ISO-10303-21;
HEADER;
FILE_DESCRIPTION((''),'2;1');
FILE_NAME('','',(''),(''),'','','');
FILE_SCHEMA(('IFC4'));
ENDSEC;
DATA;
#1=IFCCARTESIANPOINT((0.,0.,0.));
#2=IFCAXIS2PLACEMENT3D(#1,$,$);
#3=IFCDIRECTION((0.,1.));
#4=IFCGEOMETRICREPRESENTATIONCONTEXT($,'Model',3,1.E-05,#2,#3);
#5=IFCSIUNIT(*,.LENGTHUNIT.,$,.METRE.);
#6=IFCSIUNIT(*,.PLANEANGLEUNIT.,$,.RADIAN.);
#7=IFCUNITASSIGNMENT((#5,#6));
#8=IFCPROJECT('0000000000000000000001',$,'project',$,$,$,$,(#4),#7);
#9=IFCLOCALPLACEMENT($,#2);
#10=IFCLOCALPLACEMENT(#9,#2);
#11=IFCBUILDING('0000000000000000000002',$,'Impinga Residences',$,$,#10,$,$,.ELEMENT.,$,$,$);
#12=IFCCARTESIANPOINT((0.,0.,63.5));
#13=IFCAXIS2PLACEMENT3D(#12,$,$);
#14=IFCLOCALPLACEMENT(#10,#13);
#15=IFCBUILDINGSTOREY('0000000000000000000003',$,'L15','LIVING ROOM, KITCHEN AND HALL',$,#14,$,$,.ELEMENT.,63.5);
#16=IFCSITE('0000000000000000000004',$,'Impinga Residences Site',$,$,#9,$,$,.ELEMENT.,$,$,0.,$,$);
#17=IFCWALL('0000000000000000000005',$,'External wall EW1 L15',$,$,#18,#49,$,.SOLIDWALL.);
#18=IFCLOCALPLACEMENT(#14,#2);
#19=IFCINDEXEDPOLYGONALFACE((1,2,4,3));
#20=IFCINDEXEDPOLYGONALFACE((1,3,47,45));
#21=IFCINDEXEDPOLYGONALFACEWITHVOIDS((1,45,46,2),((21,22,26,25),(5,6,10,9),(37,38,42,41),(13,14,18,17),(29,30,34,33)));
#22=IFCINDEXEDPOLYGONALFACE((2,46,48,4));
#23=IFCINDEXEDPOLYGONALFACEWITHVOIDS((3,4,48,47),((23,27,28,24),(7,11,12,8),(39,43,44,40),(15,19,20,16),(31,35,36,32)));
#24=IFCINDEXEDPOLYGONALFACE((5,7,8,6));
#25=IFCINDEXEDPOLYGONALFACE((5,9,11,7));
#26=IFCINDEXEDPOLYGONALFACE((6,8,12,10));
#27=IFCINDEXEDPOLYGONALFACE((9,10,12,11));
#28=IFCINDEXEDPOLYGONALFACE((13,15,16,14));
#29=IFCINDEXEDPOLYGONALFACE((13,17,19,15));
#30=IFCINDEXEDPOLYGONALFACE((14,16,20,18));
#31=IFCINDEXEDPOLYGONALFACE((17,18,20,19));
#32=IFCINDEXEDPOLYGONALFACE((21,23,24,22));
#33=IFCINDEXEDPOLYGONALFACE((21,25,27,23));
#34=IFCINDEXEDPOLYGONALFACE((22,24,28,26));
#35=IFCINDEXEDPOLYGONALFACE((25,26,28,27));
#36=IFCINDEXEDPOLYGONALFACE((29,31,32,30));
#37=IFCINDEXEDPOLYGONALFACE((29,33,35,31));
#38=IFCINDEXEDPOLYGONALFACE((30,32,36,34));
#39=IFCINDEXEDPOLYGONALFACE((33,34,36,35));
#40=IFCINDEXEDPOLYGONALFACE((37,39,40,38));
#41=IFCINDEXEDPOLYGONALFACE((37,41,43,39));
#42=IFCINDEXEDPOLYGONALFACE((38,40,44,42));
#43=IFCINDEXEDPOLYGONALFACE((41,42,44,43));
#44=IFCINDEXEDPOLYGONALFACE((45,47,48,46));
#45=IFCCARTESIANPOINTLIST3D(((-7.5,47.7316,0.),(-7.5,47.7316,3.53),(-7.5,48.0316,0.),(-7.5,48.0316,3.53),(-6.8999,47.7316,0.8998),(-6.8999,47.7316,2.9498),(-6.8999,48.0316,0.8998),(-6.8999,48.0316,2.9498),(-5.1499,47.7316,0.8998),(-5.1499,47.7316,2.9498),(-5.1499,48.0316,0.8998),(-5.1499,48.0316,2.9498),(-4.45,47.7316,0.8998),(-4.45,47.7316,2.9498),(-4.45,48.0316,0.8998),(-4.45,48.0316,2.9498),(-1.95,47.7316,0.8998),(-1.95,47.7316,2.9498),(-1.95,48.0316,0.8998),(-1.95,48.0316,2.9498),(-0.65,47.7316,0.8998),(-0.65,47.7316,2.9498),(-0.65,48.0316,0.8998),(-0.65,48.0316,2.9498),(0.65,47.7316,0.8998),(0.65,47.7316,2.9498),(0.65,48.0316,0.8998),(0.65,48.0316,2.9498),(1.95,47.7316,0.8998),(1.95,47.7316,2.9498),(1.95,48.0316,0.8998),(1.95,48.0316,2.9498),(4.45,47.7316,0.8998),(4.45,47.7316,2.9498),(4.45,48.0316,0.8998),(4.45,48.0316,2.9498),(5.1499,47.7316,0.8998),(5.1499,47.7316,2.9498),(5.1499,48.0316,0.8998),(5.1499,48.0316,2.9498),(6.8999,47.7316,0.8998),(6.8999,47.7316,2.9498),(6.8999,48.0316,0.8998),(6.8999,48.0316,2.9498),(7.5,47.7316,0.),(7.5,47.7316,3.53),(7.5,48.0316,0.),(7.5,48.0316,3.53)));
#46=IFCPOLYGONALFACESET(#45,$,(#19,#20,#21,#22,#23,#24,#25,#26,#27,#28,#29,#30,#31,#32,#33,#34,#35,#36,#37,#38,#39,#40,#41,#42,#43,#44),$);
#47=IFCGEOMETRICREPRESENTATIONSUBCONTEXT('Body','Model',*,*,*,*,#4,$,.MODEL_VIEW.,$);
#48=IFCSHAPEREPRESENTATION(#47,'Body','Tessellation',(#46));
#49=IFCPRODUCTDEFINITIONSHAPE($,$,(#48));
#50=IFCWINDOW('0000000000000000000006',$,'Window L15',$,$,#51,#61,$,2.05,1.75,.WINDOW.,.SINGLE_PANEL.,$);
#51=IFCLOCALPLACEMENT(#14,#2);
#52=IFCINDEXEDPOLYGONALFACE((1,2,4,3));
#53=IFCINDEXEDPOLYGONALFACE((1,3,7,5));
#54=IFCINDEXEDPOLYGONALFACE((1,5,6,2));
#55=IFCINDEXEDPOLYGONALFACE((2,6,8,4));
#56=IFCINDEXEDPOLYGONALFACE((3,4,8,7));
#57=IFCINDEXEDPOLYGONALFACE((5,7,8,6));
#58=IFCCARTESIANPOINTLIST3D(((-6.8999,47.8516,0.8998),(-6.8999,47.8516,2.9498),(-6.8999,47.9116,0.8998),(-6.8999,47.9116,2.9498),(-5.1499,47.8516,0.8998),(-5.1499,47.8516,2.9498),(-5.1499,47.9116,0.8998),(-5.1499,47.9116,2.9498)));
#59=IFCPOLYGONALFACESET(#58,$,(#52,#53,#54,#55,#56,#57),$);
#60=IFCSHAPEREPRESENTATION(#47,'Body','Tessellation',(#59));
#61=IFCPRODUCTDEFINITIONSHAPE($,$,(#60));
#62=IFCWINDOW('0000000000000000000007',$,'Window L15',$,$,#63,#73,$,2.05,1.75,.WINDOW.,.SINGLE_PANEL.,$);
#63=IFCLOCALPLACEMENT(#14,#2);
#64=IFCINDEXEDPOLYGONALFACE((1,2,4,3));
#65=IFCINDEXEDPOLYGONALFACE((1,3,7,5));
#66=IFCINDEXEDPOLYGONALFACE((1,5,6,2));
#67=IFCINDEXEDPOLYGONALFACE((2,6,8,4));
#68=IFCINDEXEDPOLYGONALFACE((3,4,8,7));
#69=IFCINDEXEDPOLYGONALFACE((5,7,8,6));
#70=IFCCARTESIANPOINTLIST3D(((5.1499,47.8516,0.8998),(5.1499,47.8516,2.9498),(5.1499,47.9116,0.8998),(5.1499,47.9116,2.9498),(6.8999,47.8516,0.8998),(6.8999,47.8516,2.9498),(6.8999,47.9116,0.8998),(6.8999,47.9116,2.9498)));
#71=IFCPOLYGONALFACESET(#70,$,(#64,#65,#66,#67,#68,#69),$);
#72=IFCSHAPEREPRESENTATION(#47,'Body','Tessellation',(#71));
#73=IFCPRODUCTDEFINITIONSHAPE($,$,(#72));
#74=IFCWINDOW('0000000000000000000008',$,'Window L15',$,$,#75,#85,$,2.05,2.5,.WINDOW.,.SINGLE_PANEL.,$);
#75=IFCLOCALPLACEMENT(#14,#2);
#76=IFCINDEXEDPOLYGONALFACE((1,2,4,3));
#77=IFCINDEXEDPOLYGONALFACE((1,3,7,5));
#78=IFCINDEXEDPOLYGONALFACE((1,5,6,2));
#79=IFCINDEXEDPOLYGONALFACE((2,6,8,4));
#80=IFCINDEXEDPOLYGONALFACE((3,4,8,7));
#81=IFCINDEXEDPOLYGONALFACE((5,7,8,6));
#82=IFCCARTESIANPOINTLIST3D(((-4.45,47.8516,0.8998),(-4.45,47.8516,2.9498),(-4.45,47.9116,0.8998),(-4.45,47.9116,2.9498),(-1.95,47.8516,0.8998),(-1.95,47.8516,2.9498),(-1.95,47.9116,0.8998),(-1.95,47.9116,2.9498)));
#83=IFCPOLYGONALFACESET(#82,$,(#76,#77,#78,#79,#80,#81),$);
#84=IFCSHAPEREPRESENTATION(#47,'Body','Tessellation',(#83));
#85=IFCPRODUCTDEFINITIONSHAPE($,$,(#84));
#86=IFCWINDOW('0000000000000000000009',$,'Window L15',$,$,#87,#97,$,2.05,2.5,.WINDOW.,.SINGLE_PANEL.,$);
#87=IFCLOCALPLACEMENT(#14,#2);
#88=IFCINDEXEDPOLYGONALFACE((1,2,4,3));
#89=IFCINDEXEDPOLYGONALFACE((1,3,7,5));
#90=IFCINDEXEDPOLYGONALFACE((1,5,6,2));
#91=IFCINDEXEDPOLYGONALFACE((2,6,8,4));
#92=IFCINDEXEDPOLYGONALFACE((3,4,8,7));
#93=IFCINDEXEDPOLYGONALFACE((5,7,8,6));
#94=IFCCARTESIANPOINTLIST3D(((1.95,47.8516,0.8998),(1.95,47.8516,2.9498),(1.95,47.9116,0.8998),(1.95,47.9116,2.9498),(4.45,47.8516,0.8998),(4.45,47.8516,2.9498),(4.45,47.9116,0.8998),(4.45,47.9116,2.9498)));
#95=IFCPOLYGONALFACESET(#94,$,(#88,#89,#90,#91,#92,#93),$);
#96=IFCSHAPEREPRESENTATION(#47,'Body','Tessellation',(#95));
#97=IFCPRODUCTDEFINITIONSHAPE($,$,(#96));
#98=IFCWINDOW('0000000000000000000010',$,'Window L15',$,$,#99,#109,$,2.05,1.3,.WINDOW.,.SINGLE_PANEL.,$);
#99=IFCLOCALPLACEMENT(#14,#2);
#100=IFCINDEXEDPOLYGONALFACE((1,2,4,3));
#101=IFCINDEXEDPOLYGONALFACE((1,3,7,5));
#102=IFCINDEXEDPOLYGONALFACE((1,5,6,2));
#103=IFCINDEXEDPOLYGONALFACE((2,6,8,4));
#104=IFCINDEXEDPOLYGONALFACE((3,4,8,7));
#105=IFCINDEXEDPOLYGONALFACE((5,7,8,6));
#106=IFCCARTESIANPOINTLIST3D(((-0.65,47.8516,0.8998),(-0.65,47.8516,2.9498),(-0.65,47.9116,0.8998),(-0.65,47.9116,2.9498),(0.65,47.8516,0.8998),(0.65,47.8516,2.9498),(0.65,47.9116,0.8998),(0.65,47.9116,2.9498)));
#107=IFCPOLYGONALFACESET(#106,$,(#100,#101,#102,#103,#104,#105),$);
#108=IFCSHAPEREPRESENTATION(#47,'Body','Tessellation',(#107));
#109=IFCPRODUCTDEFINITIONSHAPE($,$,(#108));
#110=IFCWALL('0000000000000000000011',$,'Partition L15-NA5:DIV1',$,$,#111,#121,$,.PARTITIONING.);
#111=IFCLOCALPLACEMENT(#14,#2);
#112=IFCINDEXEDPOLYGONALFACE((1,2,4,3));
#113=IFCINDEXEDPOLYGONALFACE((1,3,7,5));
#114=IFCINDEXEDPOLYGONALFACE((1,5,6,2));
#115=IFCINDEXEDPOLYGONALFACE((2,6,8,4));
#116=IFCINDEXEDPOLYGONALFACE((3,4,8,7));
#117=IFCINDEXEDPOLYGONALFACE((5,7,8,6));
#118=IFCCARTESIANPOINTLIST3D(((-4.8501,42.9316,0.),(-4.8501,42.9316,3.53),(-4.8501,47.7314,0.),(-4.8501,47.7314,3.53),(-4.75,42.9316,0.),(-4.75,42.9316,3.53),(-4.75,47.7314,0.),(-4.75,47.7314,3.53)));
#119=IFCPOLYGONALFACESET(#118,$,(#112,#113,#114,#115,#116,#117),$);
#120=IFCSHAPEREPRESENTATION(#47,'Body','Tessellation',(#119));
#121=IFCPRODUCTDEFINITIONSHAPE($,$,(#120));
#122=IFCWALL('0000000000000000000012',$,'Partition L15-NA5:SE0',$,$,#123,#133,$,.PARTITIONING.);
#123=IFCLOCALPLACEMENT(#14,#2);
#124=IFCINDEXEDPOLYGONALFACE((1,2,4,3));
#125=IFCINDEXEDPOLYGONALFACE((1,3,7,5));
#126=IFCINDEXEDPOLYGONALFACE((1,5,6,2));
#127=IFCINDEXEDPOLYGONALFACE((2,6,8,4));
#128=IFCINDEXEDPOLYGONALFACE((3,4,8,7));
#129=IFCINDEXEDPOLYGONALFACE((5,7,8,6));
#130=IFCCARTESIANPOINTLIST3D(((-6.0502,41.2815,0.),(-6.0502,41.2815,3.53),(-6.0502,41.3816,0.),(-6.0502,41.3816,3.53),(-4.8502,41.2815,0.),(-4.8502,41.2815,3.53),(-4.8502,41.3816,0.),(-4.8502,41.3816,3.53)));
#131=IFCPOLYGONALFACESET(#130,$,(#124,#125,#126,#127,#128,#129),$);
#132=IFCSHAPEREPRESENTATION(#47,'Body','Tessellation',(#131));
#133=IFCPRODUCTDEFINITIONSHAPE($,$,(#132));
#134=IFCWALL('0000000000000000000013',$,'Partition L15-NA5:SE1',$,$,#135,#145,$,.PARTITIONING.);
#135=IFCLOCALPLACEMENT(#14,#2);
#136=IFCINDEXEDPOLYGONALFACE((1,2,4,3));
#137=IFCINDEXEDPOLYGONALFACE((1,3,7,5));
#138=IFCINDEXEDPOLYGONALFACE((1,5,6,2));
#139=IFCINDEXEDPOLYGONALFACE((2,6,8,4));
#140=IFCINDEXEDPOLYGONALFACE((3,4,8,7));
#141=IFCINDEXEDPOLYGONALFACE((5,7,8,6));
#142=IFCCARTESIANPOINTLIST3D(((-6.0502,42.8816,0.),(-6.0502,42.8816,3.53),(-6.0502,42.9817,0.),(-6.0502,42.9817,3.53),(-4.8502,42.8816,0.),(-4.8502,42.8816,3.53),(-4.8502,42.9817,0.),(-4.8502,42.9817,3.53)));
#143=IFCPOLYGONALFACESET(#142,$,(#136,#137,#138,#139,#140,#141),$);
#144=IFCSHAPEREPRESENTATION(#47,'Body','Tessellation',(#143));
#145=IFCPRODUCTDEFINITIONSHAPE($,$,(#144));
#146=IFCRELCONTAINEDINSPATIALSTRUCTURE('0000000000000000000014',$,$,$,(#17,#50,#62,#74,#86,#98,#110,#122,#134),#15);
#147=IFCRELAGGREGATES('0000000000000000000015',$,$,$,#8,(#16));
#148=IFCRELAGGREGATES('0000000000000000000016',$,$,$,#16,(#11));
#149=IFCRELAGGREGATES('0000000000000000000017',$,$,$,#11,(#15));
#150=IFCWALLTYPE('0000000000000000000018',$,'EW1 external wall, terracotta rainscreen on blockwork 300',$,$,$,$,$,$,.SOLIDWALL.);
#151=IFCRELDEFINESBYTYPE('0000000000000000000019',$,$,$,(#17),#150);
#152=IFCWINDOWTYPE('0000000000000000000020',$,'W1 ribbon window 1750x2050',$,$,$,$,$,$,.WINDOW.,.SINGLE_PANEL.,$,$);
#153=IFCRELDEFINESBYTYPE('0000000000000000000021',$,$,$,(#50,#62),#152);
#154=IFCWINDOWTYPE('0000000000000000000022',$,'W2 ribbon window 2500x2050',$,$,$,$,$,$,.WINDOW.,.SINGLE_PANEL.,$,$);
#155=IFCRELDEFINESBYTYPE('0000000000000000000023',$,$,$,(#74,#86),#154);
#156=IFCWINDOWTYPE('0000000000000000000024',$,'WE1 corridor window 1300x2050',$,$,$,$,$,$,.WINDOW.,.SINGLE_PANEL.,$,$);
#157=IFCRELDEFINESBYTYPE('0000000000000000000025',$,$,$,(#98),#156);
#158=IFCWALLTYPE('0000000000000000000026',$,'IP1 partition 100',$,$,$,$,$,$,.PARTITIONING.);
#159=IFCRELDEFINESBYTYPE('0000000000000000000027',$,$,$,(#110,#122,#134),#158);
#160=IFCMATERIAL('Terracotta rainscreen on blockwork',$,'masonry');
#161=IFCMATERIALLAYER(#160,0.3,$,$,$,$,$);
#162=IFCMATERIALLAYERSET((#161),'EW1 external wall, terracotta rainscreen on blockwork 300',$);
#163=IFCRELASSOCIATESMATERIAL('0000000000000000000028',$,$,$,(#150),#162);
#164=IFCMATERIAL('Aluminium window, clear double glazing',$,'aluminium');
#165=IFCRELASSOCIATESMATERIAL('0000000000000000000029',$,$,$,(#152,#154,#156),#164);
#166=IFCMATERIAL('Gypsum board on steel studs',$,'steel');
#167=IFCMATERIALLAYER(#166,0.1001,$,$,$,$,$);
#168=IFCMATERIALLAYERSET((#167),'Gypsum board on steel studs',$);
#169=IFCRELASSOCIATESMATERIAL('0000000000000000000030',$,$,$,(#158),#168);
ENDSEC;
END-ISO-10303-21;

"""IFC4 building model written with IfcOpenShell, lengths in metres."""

from ifc_helpers import new_model, si_unit, direction, frame, frame_2d, origin, place, context, subcontext, project, spatial, rectangle, extrude, material, layer, layer_set, type_object, element, fill, save


model = new_model("IFC4")

# Units and contexts
model_context = context("Model", 3, precision=1e-05, world=origin(), true_north=direction((0.0, 1.0)))
body_context = subcontext(model_context, "Body", "Model", "MODEL_VIEW")
ifc_project = project(units=[si_unit("LENGTHUNIT", "METRE"), si_unit("PLANEANGLEUNIT", "RADIAN")], contexts=[model_context])

# Site, building, storey
site_placement = place(None, origin())
site = spatial("IfcSite", under=ifc_project, at=site_placement, Name="Impinga Residences Site", CompositionType="ELEMENT", RefElevation=0.0)
building_placement = place(site_placement, origin())
building = spatial("IfcBuilding", under=site, at=building_placement, Name="Impinga Residences", CompositionType="ELEMENT")
storey_placement = place(building_placement, frame((0.0, 0.0, 63.5)))
storey = spatial("IfcBuildingStorey", under=building, at=storey_placement, Name="L15", Description="LIVING ROOM, KITCHEN AND HALL", CompositionType="ELEMENT", Elevation=63.5)

# Shared definitions
ifc_material_1 = material(Name="Terracotta rainscreen on blockwork", Category="masonry")
ifc_layer_1 = layer(ifc_material_1, 0.3)
ifc_layer_set_1 = layer_set([ifc_layer_1], Name="EW1 external wall, terracotta rainscreen on blockwork 300")
wall_type_1 = type_object("IfcWallType", Name="EW1 external wall, terracotta rainscreen on blockwork 300", PredefinedType="SOLIDWALL", material=ifc_layer_set_1)

# Wall, openings, windows
wall_1_placement = place(storey_placement, frame((-7.5, 47.8816, 0.0), z_axis=(0.0, 0.0, 1.0), x_axis=(1.0, 0.0, 0.0)))
wall_1 = element("IfcWall", 1, at=wall_1_placement, inside=storey, type_object=wall_type_1, Name="External wall EW1 L15", PredefinedType="SOLIDWALL", context=body_context, shape_type="SweptSolid", body=[
    extrude(rectangle(XDim=15.0, YDim=0.3, at=frame_2d((7.5, 0.0))), origin(), (0.0, 0.0, 1.0), 3.53),
])
opening_1_placement = place(wall_1_placement, frame((0.6001, 0.0, 0.8999)))
opening_1 = element("IfcOpeningElement", 2, at=opening_1_placement, cuts=wall_1, PredefinedType="OPENING", context=body_context, shape_type="SweptSolid", body=[
    extrude(rectangle(XDim=1.75, YDim=2.05, at=frame_2d((0.875, 1.0249))), frame((0.0, 0.1599, 0.0), z_axis=(0.0, -1.0, 0.0), x_axis=(1.0, 0.0, 0.0)), (0.0, 0.0, 1.0), 0.3201),
])
opening_2_placement = place(wall_1_placement, frame((3.05, 0.0, 0.8999)))
opening_2 = element("IfcOpeningElement", 3, at=opening_2_placement, cuts=wall_1, PredefinedType="OPENING", context=body_context, shape_type="SweptSolid", body=[
    extrude(rectangle(XDim=2.5, YDim=2.05, at=frame_2d((1.25, 1.0249))), frame((0.0, 0.1599, 0.0), z_axis=(0.0, -1.0, 0.0), x_axis=(1.0, 0.0, 0.0)), (0.0, 0.0, 1.0), 0.3201),
])
opening_3_placement = place(wall_1_placement, frame((6.8501, 0.0, 0.8999)))
opening_3 = element("IfcOpeningElement", 4, at=opening_3_placement, cuts=wall_1, PredefinedType="OPENING", context=body_context, shape_type="SweptSolid", body=[
    extrude(rectangle(XDim=1.3, YDim=2.05, at=frame_2d((0.6499, 1.0249))), frame((0.0, 0.1599, 0.0), z_axis=(0.0, -1.0, 0.0), x_axis=(1.0, 0.0, 0.0)), (0.0, 0.0, 1.0), 0.3201),
])
opening_4_placement = place(wall_1_placement, frame((9.45, 0.0, 0.8999)))
opening_4 = element("IfcOpeningElement", 5, at=opening_4_placement, cuts=wall_1, PredefinedType="OPENING", context=body_context, shape_type="SweptSolid", body=[
    extrude(rectangle(XDim=2.5, YDim=2.05, at=frame_2d((1.25, 1.0249))), frame((0.0, 0.1599, 0.0), z_axis=(0.0, -1.0, 0.0), x_axis=(1.0, 0.0, 0.0)), (0.0, 0.0, 1.0), 0.3201),
])
opening_5_placement = place(wall_1_placement, frame((12.6499, 0.0, 0.8999)))
opening_5 = element("IfcOpeningElement", 6, at=opening_5_placement, cuts=wall_1, PredefinedType="OPENING", context=body_context, shape_type="SweptSolid", body=[
    extrude(rectangle(XDim=1.75, YDim=2.05, at=frame_2d((0.875, 1.0249))), frame((0.0, 0.1599, 0.0), z_axis=(0.0, -1.0, 0.0), x_axis=(1.0, 0.0, 0.0)), (0.0, 0.0, 1.0), 0.3201),
])
ifc_material_2 = material(Name="Aluminium window, clear double glazing", Category="aluminium")
window_type_1 = type_object("IfcWindowType", Name="W1 ribbon window 1750x2050", PartitioningType="SINGLE_PANEL", PredefinedType="WINDOW", material=ifc_material_2)
window_1_placement = place(opening_1_placement, origin())
window_1 = element("IfcWindow", 7, at=window_1_placement, inside=storey, type_object=window_type_1, Name="Window L15", OverallHeight=2.05, OverallWidth=1.75, PartitioningType="SINGLE_PANEL", PredefinedType="WINDOW", context=body_context, shape_type="SweptSolid", body=[
    extrude(rectangle(XDim=1.75, YDim=2.05, at=frame_2d((0.875, 1.0249))), frame((0.0, 0.03, 0.0), z_axis=(0.0, -1.0, 0.0), x_axis=(1.0, 0.0, 0.0)), (0.0, 0.0, 1.0), 0.0601),
])
fill(opening_1, window_1)
window_2_placement = place(opening_5_placement, origin())
window_2 = element("IfcWindow", 8, at=window_2_placement, inside=storey, type_object=window_type_1, Name="Window L15", OverallHeight=2.05, OverallWidth=1.75, PartitioningType="SINGLE_PANEL", PredefinedType="WINDOW", context=body_context, shape_type="SweptSolid", body=[
    extrude(rectangle(XDim=1.75, YDim=2.05, at=frame_2d((0.875, 1.0249))), frame((0.0, 0.03, 0.0), z_axis=(0.0, -1.0, 0.0), x_axis=(1.0, 0.0, 0.0)), (0.0, 0.0, 1.0), 0.0601),
])
fill(opening_5, window_2)
window_type_2 = type_object("IfcWindowType", Name="W2 ribbon window 2500x2050", PartitioningType="SINGLE_PANEL", PredefinedType="WINDOW", material=ifc_material_2)
window_3_placement = place(opening_2_placement, origin())
window_3 = element("IfcWindow", 9, at=window_3_placement, inside=storey, type_object=window_type_2, Name="Window L15", OverallHeight=2.05, OverallWidth=2.5, PartitioningType="SINGLE_PANEL", PredefinedType="WINDOW", context=body_context, shape_type="SweptSolid", body=[
    extrude(rectangle(XDim=2.5, YDim=2.05, at=frame_2d((1.25, 1.0249))), frame((0.0, 0.03, 0.0), z_axis=(0.0, -1.0, 0.0), x_axis=(1.0, 0.0, 0.0)), (0.0, 0.0, 1.0), 0.0601),
])
fill(opening_2, window_3)
window_4_placement = place(opening_4_placement, origin())
window_4 = element("IfcWindow", 10, at=window_4_placement, inside=storey, type_object=window_type_2, Name="Window L15", OverallHeight=2.05, OverallWidth=2.5, PartitioningType="SINGLE_PANEL", PredefinedType="WINDOW", context=body_context, shape_type="SweptSolid", body=[
    extrude(rectangle(XDim=2.5, YDim=2.05, at=frame_2d((1.25, 1.0249))), frame((0.0, 0.03, 0.0), z_axis=(0.0, -1.0, 0.0), x_axis=(1.0, 0.0, 0.0)), (0.0, 0.0, 1.0), 0.0601),
])
fill(opening_4, window_4)
window_type_3 = type_object("IfcWindowType", Name="WE1 corridor window 1300x2050", PartitioningType="SINGLE_PANEL", PredefinedType="WINDOW", material=ifc_material_2)
window_5_placement = place(opening_3_placement, origin())
window_5 = element("IfcWindow", 11, at=window_5_placement, inside=storey, type_object=window_type_3, Name="Window L15", OverallHeight=2.05, OverallWidth=1.3, PartitioningType="SINGLE_PANEL", PredefinedType="WINDOW", context=body_context, shape_type="SweptSolid", body=[
    extrude(rectangle(XDim=1.3, YDim=2.05, at=frame_2d((0.6499, 1.0249))), frame((0.0, 0.03, 0.0), z_axis=(0.0, -1.0, 0.0), x_axis=(1.0, 0.0, 0.0)), (0.0, 0.0, 1.0), 0.0601),
])
fill(opening_3, window_5)

# Walls
ifc_material_3 = material(Name="Gypsum board on steel studs", Category="steel")
ifc_layer_2 = layer(ifc_material_3, 0.1001)
ifc_layer_set_2 = layer_set([ifc_layer_2], Name="Gypsum board on steel studs")
wall_type_2 = type_object("IfcWallType", Name="IP1 partition 100", PredefinedType="PARTITIONING", material=ifc_layer_set_2)
wall_2_placement = place(storey_placement, frame((-4.8, 42.9316, 0.0), z_axis=(0.0, 0.0, 1.0), x_axis=(0.0, 1.0, 0.0)))
element("IfcWall", 12, at=wall_2_placement, inside=storey, type_object=wall_type_2, Name="Partition L15-NA5:DIV1", PredefinedType="PARTITIONING", context=body_context, shape_type="SweptSolid", body=[
    extrude(rectangle(XDim=4.7998, YDim=0.1001, at=frame_2d((2.3999, 0.0))), origin(), (0.0, 0.0, 1.0), 3.53),
])
for number, where, z_axis, x_axis, name in (
    (13, (-4.8501, 41.3315, 0.0), (0.0, 0.0, 1.0), (-1.0, 0.0, 0.0), "Partition L15-NA5:SE0"),
    (14, (-4.8501, 42.9316, 0.0), (0.0, 0.0, 1.0), (-1.0, 0.0, 0.0), "Partition L15-NA5:SE1"),
):
    element("IfcWall", number, at=place(storey_placement, frame(where, z_axis=z_axis, x_axis=x_axis)), inside=storey, type_object=wall_type_2, Name=name, PredefinedType="PARTITIONING", context=body_context, shape_type="SweptSolid", body=[
        extrude(rectangle(XDim=1.2, YDim=0.1001, at=frame_2d((0.6001, 0.0))), origin(), (0.0, 0.0, 1.0), 3.53),
    ])

save(model, "model.ifc")
